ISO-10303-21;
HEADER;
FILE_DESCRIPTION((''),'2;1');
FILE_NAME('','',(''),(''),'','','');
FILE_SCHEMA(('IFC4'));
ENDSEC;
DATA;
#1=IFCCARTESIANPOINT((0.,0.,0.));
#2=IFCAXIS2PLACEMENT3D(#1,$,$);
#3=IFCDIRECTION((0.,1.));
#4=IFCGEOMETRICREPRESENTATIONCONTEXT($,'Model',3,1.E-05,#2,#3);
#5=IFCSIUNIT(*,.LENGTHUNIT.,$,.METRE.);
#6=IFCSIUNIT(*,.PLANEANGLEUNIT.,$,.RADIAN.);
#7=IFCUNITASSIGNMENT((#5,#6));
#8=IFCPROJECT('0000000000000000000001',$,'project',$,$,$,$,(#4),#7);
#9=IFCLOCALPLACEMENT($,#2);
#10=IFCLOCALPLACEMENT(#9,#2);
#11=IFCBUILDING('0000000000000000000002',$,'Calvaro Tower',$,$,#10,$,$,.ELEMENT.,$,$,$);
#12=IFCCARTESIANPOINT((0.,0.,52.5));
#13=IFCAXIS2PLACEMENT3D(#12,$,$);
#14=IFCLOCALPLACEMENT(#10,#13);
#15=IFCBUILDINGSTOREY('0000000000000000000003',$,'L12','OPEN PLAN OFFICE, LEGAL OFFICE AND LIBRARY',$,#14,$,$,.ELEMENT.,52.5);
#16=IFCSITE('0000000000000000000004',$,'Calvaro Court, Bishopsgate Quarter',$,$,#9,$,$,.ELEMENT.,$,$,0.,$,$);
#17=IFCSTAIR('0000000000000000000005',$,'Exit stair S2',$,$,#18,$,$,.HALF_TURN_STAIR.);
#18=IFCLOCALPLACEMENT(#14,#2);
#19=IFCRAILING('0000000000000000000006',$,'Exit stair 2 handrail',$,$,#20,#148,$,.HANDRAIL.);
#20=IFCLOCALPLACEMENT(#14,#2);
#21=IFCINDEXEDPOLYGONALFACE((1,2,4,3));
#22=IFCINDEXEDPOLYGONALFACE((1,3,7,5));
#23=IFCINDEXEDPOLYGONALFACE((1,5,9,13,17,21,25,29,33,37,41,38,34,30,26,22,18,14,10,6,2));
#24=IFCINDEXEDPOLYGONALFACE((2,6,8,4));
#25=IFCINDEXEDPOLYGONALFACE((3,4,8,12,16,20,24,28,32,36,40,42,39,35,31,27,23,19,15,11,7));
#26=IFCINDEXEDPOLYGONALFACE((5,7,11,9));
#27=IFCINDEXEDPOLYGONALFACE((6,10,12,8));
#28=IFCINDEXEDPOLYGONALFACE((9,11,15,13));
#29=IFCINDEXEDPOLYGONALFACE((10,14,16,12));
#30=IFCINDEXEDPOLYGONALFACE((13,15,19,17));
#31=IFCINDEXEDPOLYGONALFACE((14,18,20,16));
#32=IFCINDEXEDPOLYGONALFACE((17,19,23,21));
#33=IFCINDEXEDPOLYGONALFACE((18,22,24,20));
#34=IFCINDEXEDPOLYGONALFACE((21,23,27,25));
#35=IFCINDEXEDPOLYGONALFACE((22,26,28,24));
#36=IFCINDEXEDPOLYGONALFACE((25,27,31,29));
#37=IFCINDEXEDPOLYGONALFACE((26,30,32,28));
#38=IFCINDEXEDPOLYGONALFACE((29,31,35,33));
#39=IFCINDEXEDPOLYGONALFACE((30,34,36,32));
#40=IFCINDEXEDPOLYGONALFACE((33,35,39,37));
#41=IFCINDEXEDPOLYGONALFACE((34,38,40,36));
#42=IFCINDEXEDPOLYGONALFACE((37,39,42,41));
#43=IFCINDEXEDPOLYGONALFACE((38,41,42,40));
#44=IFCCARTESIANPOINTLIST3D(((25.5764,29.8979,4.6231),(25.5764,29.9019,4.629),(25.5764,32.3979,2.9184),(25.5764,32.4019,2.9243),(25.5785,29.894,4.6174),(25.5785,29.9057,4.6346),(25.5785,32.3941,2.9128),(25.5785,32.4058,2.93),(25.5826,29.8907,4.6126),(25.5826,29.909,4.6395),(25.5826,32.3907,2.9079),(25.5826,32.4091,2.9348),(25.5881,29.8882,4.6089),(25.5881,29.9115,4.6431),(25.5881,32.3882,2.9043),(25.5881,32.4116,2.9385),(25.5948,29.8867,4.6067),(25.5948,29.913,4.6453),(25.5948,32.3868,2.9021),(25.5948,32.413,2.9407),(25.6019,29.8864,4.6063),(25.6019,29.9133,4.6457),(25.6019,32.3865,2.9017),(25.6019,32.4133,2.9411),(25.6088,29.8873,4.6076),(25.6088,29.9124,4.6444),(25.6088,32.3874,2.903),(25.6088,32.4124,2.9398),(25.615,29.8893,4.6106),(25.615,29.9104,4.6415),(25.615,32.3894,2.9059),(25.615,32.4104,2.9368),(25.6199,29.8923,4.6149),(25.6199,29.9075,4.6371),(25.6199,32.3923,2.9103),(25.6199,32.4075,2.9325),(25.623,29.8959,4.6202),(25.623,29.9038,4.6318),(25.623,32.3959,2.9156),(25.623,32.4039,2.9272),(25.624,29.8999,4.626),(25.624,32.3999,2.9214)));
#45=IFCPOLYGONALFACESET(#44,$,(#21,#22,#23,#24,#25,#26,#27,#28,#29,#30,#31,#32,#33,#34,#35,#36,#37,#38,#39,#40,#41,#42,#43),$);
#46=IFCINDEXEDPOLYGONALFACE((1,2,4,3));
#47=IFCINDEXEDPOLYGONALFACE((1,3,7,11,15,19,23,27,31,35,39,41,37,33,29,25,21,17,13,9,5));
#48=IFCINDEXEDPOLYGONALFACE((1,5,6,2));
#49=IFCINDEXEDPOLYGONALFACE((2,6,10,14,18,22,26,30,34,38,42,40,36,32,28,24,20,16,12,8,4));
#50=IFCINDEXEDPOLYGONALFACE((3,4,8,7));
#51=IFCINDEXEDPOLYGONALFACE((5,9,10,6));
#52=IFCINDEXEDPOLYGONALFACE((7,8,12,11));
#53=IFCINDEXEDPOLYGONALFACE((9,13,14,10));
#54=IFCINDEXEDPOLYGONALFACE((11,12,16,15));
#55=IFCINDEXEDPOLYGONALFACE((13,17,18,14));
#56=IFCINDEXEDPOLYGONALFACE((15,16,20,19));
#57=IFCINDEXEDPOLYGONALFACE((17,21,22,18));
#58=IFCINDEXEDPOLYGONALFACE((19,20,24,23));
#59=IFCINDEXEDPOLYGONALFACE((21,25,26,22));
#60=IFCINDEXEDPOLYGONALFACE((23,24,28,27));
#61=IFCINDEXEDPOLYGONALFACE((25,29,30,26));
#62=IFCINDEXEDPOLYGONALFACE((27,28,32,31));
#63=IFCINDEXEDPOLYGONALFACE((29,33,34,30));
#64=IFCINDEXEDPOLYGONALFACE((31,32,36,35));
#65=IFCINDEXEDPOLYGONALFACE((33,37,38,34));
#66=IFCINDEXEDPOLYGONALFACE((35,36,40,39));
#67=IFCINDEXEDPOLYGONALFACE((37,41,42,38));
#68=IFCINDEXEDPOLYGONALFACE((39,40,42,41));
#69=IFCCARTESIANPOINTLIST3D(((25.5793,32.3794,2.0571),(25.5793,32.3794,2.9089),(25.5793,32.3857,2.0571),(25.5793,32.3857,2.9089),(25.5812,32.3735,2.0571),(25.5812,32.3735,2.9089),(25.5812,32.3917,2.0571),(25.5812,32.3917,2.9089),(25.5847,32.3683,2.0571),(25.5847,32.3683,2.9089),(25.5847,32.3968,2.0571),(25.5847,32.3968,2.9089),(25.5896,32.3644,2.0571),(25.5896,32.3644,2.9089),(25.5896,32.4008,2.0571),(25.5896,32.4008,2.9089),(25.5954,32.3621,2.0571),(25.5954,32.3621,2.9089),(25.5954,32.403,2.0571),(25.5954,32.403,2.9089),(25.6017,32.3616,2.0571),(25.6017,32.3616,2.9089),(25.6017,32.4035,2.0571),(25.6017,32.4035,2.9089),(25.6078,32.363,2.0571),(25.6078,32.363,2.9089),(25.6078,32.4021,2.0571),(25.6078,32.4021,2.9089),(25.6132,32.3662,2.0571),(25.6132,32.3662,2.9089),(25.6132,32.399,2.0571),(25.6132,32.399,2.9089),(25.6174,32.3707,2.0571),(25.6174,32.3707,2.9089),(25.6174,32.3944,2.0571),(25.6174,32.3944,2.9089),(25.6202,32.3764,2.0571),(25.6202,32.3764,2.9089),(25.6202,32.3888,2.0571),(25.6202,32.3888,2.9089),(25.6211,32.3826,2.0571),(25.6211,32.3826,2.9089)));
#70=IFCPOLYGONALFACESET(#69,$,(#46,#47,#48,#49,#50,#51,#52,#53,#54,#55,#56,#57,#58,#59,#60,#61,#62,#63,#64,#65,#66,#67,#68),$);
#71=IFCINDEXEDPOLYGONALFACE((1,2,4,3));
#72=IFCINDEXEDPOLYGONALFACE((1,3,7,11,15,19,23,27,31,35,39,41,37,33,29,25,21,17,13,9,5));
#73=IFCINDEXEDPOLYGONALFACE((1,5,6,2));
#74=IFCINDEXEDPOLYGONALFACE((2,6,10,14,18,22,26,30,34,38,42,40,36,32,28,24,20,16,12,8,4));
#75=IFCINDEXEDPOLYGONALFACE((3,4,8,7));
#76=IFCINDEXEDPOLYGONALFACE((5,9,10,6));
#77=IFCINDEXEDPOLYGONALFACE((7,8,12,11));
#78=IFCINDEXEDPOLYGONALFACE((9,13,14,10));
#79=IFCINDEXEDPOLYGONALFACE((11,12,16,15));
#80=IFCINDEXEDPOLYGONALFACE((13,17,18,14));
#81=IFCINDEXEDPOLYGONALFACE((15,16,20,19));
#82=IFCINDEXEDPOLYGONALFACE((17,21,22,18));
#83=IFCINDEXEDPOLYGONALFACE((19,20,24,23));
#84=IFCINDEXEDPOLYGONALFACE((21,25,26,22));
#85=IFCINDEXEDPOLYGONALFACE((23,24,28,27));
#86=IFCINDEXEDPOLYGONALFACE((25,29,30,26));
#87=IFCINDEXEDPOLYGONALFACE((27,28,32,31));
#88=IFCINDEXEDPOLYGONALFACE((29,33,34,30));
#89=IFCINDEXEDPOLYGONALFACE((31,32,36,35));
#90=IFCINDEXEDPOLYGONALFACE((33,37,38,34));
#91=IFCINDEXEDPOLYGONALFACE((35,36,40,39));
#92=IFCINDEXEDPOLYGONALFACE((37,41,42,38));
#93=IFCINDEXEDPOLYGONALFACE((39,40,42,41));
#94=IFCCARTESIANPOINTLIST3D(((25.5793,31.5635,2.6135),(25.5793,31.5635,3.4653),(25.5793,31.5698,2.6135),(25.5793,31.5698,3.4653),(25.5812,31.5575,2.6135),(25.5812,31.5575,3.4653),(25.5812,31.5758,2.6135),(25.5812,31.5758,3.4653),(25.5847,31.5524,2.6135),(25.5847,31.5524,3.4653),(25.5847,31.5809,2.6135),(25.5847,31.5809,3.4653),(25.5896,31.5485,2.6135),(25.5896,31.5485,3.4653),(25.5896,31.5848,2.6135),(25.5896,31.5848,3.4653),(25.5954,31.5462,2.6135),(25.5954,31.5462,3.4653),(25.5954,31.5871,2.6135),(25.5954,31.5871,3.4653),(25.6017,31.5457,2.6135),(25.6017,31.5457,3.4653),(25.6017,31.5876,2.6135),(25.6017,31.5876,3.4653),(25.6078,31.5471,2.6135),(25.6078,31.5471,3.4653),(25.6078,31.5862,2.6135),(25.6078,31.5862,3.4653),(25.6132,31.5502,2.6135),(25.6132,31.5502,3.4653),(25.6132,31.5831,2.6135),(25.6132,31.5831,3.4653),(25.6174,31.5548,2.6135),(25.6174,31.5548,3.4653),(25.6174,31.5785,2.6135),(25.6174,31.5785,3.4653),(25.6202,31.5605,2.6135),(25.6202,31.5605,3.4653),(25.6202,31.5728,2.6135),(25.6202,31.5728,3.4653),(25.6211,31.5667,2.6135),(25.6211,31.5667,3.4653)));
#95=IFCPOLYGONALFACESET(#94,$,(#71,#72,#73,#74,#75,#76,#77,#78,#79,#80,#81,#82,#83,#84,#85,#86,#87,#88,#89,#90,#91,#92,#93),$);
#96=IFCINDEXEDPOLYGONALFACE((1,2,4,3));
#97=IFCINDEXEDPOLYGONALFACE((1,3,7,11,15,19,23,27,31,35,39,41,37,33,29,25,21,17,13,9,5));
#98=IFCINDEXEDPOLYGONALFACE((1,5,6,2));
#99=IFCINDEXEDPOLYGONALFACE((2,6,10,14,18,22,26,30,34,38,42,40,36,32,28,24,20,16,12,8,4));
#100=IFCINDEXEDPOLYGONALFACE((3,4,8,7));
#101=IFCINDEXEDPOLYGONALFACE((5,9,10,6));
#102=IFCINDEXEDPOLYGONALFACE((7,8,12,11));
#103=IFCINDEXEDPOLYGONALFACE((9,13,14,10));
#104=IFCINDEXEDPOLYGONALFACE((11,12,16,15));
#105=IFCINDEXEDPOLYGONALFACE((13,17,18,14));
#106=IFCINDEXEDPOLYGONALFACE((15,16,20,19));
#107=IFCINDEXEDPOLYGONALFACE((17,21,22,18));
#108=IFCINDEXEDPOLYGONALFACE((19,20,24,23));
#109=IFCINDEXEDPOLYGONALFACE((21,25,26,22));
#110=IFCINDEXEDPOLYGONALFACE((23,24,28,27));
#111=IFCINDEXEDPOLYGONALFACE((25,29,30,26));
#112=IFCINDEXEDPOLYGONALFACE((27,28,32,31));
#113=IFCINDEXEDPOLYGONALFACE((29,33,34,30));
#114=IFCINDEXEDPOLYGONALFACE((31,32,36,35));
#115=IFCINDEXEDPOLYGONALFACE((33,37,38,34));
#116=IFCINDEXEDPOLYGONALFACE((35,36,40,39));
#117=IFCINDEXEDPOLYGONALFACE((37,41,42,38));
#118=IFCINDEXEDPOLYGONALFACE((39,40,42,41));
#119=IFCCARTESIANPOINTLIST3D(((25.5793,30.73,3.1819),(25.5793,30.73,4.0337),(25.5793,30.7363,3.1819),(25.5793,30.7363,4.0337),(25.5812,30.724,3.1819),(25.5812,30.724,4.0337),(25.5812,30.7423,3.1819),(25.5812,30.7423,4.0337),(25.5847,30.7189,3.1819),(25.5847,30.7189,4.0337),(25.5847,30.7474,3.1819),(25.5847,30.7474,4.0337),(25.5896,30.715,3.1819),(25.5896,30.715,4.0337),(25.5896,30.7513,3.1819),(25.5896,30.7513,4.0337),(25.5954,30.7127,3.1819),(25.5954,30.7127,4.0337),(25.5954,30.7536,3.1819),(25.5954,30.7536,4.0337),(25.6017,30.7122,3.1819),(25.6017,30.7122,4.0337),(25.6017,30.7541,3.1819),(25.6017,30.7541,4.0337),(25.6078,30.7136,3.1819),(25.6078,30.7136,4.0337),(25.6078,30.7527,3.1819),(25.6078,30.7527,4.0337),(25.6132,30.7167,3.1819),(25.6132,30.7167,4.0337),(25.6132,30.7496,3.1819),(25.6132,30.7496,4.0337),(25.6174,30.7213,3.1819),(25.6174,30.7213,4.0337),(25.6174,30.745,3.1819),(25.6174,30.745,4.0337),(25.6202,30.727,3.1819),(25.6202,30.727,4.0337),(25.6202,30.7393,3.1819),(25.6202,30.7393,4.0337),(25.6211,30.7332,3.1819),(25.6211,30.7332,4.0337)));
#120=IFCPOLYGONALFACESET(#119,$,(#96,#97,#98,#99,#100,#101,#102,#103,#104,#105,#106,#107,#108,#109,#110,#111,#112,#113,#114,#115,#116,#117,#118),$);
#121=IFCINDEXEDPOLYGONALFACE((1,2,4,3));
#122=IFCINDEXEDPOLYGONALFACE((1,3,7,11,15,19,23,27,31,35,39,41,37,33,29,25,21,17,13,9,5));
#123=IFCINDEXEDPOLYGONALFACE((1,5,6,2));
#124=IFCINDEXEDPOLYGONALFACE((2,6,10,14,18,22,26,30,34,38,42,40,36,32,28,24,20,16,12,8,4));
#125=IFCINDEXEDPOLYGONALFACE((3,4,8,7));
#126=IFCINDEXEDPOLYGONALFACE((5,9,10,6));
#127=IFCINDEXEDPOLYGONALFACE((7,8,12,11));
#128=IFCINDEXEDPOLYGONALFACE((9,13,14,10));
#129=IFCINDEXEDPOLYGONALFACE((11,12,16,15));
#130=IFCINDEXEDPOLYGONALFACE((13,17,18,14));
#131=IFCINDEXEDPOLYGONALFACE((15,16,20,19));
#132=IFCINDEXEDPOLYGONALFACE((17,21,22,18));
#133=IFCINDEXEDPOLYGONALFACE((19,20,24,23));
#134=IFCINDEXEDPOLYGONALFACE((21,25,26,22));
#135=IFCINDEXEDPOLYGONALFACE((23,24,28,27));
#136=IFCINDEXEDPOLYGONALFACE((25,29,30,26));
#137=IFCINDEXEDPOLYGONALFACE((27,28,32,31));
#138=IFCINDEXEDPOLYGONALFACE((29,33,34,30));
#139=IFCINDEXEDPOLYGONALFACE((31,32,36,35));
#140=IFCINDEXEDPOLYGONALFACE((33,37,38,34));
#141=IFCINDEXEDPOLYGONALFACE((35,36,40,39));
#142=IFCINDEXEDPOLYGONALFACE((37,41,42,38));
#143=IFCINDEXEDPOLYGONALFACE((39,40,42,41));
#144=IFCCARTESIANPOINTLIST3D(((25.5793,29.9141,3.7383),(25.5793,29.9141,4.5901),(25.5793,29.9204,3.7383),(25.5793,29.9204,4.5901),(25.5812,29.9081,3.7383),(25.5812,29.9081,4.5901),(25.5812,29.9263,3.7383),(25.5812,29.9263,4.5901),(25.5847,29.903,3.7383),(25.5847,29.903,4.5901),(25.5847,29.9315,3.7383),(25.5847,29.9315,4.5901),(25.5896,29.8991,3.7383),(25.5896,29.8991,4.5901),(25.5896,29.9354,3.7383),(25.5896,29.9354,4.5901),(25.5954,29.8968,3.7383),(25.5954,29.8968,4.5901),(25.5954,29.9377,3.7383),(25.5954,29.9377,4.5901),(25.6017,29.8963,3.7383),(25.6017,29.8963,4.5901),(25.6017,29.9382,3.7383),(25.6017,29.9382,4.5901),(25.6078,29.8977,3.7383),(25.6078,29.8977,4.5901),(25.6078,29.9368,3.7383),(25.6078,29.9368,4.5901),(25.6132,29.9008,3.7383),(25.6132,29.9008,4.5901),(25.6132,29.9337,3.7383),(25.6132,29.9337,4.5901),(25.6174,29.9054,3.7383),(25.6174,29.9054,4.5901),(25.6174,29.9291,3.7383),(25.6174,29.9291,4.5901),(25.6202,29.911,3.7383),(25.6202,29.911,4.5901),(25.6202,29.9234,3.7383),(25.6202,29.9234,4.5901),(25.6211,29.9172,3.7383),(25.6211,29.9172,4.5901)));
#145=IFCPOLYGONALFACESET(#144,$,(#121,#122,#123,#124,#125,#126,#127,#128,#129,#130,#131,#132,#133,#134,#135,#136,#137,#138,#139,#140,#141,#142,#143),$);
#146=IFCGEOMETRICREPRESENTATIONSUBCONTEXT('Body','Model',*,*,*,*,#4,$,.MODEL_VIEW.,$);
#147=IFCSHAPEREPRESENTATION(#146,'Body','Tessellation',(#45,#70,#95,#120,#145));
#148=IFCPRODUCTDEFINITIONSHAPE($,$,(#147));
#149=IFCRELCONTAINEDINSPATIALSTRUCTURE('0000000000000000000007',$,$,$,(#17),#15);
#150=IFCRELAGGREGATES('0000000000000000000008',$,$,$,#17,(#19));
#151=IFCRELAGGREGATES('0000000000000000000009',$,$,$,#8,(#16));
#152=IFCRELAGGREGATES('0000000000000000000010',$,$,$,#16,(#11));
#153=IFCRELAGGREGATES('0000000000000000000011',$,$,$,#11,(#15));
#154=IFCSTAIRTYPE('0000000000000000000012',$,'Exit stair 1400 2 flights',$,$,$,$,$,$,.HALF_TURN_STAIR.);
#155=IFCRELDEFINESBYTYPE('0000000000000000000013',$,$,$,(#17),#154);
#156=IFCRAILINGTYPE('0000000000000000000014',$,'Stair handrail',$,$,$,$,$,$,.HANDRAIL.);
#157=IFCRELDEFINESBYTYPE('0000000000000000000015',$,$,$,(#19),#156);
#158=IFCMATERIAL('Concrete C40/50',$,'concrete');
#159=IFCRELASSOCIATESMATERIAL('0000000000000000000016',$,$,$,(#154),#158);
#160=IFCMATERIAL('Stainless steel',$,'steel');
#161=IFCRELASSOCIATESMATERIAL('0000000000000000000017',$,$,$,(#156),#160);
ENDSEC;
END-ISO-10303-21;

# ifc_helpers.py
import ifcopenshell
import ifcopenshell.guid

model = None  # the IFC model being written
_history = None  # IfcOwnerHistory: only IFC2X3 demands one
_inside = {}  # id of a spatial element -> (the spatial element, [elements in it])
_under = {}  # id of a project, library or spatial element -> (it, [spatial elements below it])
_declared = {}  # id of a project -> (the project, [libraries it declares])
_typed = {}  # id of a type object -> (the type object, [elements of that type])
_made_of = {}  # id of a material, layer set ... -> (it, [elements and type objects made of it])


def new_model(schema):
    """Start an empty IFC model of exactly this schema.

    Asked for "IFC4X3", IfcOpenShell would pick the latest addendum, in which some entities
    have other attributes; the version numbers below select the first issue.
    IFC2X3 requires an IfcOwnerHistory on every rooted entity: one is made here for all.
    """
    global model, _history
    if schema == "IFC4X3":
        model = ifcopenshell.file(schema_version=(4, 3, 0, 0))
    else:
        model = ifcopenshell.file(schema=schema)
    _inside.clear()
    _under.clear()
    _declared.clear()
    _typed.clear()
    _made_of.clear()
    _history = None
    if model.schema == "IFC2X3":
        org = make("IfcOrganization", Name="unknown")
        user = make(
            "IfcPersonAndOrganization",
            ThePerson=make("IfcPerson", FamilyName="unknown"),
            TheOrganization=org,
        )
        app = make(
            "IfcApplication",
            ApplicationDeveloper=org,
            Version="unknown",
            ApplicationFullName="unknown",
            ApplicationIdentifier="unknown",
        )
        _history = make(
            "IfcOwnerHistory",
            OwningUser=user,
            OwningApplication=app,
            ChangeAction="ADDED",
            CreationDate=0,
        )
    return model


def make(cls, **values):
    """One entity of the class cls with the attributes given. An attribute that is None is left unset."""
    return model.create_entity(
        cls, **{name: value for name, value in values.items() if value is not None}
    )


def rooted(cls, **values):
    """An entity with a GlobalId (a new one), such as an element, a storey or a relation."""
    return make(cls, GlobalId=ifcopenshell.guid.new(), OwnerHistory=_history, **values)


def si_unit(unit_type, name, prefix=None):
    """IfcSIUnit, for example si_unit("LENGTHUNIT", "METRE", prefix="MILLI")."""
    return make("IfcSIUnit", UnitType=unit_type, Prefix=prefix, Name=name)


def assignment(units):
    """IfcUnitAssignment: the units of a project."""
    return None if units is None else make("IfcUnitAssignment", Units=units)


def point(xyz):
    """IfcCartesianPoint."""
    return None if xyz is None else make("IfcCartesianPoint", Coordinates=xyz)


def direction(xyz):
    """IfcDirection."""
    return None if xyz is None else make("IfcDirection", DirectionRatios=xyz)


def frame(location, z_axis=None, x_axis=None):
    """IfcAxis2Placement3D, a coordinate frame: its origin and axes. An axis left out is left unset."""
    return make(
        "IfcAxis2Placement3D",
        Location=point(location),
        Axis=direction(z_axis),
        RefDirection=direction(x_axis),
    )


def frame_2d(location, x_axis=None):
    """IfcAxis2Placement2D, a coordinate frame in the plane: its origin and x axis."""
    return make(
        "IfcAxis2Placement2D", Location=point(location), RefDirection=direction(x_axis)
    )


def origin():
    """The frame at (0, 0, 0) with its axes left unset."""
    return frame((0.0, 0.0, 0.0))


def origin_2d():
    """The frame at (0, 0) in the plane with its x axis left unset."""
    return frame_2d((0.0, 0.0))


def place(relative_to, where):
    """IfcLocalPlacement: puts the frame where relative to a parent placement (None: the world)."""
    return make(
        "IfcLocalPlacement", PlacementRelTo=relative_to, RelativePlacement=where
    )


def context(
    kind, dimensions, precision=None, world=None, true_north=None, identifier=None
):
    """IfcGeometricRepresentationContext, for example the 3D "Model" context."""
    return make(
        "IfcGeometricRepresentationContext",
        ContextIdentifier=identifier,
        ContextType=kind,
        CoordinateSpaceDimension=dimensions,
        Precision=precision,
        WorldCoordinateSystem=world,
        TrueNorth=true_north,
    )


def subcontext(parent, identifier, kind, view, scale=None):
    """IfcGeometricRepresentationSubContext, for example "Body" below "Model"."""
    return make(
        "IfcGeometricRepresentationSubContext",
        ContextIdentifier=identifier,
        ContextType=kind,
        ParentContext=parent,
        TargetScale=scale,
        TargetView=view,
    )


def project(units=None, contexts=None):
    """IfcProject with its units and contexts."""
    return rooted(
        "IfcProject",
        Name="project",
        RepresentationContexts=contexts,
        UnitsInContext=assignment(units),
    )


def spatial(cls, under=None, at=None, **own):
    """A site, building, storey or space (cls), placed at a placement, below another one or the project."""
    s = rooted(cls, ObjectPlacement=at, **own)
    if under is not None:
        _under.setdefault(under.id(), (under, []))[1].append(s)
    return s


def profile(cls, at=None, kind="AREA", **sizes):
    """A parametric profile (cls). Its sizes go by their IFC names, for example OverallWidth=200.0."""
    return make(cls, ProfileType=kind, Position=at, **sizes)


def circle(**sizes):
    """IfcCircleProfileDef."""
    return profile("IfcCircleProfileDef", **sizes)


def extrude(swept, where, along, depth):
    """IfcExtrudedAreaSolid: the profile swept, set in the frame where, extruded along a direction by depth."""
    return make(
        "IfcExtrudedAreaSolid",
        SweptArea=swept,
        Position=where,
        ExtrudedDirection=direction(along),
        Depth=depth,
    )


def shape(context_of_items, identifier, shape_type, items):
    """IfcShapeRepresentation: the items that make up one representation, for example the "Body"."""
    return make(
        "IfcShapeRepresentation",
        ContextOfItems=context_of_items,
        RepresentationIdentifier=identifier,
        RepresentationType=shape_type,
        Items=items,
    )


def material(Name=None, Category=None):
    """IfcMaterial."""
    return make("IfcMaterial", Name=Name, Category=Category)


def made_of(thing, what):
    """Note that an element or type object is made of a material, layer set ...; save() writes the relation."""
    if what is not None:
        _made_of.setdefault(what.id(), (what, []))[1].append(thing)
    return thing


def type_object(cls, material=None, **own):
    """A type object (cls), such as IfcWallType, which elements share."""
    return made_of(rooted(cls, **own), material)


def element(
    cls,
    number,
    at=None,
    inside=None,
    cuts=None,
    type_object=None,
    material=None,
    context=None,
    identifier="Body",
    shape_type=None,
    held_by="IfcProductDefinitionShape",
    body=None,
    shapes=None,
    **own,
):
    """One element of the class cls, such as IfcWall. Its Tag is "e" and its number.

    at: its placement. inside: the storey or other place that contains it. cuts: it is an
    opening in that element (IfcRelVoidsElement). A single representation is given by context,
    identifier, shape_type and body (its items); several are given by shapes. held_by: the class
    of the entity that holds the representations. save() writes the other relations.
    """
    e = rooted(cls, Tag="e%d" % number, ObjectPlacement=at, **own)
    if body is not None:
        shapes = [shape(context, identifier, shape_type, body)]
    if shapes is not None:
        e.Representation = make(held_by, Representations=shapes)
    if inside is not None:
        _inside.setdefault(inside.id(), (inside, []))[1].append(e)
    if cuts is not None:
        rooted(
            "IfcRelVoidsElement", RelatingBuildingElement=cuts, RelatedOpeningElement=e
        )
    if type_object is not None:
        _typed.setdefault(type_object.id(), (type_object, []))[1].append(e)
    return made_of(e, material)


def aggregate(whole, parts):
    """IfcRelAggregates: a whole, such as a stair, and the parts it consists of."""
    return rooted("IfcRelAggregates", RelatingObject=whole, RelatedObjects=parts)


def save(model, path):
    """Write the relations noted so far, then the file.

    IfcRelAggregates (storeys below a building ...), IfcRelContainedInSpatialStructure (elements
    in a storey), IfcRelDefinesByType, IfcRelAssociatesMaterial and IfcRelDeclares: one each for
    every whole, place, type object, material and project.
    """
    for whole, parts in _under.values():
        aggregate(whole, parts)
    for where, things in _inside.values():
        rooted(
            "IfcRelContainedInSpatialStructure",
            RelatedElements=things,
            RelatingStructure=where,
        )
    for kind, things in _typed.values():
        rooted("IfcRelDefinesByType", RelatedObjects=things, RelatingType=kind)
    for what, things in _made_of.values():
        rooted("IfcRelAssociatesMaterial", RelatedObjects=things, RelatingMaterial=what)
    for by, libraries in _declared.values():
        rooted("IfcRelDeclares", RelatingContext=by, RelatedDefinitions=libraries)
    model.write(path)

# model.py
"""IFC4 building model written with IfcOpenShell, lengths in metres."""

from ifc_helpers import new_model, si_unit, direction, frame, origin, origin_2d, place, context, subcontext, project, spatial, circle, extrude, material, type_object, element, aggregate, save


model = new_model("IFC4")

# Units and contexts
model_context = context("Model", 3, precision=1e-05, world=origin(), true_north=direction((0.0, 1.0)))
body_context = subcontext(model_context, "Body", "Model", "MODEL_VIEW")
ifc_project = project(units=[si_unit("LENGTHUNIT", "METRE"), si_unit("PLANEANGLEUNIT", "RADIAN")], contexts=[model_context])

# Site, building, storey
site_placement = place(None, origin())
site = spatial("IfcSite", under=ifc_project, at=site_placement, Name="Calvaro Court, Bishopsgate Quarter", CompositionType="ELEMENT", RefElevation=0.0)
building_placement = place(site_placement, origin())
building = spatial("IfcBuilding", under=site, at=building_placement, Name="Calvaro Tower", CompositionType="ELEMENT")
storey_placement = place(building_placement, frame((0.0, 0.0, 52.5)))
storey = spatial("IfcBuildingStorey", under=building, at=storey_placement, Name="L12", Description="OPEN PLAN OFFICE, LEGAL OFFICE AND LIBRARY", CompositionType="ELEMENT", Elevation=52.5)

# Stair, railing
ifc_material_1 = material(Name="Concrete C40/50", Category="concrete")
stair_type = type_object("IfcStairType", Name="Exit stair 1400 2 flights", PredefinedType="HALF_TURN_STAIR", material=ifc_material_1)
stair_placement = place(storey_placement, origin())
stair = element("IfcStair", 1, at=stair_placement, inside=storey, type_object=stair_type, Name="Exit stair S2", PredefinedType="HALF_TURN_STAIR")
ifc_material_2 = material(Name="Stainless steel", Category="steel")
railing_type = type_object("IfcRailingType", Name="Stair handrail", PredefinedType="HANDRAIL", material=ifc_material_2)
railing_1_placement = place(storey_placement, frame((25.6001, 32.3999, 2.0454)))
railing_1 = element("IfcRailing", 2, at=railing_1_placement, type_object=railing_type, Name="Exit stair 2 handrail", PredefinedType="HANDRAIL", context=body_context, shape_type="SweptSolid", body=[
    extrude(circle(Radius=0.0239, at=origin_2d()), frame((0.0, 0.0, 0.876), z_axis=(0.0, -0.826221, 0.563347), x_axis=(1.0, 0.0, 0.0)), (0.0, 0.0, 1.0), 3.0259),
    extrude(circle(Radius=0.021, at=origin_2d()), frame((0.0, -0.0173, 0.0117)), (0.0, 0.0, 1.0), 0.8518),
    extrude(circle(Radius=0.021, at=origin_2d()), frame((0.0, -0.8333, 0.5681)), (0.0, 0.0, 1.0), 0.8518),
    extrude(circle(Radius=0.021, at=origin_2d()), frame((0.0, -1.6667, 1.1365)), (0.0, 0.0, 1.0), 0.8518),
    extrude(circle(Radius=0.021, at=origin_2d()), frame((0.0, -2.4827, 1.6929)), (0.0, 0.0, 1.0), 0.8518),
])
aggregate(stair, [railing_1])

save(model, "model.ifc")
